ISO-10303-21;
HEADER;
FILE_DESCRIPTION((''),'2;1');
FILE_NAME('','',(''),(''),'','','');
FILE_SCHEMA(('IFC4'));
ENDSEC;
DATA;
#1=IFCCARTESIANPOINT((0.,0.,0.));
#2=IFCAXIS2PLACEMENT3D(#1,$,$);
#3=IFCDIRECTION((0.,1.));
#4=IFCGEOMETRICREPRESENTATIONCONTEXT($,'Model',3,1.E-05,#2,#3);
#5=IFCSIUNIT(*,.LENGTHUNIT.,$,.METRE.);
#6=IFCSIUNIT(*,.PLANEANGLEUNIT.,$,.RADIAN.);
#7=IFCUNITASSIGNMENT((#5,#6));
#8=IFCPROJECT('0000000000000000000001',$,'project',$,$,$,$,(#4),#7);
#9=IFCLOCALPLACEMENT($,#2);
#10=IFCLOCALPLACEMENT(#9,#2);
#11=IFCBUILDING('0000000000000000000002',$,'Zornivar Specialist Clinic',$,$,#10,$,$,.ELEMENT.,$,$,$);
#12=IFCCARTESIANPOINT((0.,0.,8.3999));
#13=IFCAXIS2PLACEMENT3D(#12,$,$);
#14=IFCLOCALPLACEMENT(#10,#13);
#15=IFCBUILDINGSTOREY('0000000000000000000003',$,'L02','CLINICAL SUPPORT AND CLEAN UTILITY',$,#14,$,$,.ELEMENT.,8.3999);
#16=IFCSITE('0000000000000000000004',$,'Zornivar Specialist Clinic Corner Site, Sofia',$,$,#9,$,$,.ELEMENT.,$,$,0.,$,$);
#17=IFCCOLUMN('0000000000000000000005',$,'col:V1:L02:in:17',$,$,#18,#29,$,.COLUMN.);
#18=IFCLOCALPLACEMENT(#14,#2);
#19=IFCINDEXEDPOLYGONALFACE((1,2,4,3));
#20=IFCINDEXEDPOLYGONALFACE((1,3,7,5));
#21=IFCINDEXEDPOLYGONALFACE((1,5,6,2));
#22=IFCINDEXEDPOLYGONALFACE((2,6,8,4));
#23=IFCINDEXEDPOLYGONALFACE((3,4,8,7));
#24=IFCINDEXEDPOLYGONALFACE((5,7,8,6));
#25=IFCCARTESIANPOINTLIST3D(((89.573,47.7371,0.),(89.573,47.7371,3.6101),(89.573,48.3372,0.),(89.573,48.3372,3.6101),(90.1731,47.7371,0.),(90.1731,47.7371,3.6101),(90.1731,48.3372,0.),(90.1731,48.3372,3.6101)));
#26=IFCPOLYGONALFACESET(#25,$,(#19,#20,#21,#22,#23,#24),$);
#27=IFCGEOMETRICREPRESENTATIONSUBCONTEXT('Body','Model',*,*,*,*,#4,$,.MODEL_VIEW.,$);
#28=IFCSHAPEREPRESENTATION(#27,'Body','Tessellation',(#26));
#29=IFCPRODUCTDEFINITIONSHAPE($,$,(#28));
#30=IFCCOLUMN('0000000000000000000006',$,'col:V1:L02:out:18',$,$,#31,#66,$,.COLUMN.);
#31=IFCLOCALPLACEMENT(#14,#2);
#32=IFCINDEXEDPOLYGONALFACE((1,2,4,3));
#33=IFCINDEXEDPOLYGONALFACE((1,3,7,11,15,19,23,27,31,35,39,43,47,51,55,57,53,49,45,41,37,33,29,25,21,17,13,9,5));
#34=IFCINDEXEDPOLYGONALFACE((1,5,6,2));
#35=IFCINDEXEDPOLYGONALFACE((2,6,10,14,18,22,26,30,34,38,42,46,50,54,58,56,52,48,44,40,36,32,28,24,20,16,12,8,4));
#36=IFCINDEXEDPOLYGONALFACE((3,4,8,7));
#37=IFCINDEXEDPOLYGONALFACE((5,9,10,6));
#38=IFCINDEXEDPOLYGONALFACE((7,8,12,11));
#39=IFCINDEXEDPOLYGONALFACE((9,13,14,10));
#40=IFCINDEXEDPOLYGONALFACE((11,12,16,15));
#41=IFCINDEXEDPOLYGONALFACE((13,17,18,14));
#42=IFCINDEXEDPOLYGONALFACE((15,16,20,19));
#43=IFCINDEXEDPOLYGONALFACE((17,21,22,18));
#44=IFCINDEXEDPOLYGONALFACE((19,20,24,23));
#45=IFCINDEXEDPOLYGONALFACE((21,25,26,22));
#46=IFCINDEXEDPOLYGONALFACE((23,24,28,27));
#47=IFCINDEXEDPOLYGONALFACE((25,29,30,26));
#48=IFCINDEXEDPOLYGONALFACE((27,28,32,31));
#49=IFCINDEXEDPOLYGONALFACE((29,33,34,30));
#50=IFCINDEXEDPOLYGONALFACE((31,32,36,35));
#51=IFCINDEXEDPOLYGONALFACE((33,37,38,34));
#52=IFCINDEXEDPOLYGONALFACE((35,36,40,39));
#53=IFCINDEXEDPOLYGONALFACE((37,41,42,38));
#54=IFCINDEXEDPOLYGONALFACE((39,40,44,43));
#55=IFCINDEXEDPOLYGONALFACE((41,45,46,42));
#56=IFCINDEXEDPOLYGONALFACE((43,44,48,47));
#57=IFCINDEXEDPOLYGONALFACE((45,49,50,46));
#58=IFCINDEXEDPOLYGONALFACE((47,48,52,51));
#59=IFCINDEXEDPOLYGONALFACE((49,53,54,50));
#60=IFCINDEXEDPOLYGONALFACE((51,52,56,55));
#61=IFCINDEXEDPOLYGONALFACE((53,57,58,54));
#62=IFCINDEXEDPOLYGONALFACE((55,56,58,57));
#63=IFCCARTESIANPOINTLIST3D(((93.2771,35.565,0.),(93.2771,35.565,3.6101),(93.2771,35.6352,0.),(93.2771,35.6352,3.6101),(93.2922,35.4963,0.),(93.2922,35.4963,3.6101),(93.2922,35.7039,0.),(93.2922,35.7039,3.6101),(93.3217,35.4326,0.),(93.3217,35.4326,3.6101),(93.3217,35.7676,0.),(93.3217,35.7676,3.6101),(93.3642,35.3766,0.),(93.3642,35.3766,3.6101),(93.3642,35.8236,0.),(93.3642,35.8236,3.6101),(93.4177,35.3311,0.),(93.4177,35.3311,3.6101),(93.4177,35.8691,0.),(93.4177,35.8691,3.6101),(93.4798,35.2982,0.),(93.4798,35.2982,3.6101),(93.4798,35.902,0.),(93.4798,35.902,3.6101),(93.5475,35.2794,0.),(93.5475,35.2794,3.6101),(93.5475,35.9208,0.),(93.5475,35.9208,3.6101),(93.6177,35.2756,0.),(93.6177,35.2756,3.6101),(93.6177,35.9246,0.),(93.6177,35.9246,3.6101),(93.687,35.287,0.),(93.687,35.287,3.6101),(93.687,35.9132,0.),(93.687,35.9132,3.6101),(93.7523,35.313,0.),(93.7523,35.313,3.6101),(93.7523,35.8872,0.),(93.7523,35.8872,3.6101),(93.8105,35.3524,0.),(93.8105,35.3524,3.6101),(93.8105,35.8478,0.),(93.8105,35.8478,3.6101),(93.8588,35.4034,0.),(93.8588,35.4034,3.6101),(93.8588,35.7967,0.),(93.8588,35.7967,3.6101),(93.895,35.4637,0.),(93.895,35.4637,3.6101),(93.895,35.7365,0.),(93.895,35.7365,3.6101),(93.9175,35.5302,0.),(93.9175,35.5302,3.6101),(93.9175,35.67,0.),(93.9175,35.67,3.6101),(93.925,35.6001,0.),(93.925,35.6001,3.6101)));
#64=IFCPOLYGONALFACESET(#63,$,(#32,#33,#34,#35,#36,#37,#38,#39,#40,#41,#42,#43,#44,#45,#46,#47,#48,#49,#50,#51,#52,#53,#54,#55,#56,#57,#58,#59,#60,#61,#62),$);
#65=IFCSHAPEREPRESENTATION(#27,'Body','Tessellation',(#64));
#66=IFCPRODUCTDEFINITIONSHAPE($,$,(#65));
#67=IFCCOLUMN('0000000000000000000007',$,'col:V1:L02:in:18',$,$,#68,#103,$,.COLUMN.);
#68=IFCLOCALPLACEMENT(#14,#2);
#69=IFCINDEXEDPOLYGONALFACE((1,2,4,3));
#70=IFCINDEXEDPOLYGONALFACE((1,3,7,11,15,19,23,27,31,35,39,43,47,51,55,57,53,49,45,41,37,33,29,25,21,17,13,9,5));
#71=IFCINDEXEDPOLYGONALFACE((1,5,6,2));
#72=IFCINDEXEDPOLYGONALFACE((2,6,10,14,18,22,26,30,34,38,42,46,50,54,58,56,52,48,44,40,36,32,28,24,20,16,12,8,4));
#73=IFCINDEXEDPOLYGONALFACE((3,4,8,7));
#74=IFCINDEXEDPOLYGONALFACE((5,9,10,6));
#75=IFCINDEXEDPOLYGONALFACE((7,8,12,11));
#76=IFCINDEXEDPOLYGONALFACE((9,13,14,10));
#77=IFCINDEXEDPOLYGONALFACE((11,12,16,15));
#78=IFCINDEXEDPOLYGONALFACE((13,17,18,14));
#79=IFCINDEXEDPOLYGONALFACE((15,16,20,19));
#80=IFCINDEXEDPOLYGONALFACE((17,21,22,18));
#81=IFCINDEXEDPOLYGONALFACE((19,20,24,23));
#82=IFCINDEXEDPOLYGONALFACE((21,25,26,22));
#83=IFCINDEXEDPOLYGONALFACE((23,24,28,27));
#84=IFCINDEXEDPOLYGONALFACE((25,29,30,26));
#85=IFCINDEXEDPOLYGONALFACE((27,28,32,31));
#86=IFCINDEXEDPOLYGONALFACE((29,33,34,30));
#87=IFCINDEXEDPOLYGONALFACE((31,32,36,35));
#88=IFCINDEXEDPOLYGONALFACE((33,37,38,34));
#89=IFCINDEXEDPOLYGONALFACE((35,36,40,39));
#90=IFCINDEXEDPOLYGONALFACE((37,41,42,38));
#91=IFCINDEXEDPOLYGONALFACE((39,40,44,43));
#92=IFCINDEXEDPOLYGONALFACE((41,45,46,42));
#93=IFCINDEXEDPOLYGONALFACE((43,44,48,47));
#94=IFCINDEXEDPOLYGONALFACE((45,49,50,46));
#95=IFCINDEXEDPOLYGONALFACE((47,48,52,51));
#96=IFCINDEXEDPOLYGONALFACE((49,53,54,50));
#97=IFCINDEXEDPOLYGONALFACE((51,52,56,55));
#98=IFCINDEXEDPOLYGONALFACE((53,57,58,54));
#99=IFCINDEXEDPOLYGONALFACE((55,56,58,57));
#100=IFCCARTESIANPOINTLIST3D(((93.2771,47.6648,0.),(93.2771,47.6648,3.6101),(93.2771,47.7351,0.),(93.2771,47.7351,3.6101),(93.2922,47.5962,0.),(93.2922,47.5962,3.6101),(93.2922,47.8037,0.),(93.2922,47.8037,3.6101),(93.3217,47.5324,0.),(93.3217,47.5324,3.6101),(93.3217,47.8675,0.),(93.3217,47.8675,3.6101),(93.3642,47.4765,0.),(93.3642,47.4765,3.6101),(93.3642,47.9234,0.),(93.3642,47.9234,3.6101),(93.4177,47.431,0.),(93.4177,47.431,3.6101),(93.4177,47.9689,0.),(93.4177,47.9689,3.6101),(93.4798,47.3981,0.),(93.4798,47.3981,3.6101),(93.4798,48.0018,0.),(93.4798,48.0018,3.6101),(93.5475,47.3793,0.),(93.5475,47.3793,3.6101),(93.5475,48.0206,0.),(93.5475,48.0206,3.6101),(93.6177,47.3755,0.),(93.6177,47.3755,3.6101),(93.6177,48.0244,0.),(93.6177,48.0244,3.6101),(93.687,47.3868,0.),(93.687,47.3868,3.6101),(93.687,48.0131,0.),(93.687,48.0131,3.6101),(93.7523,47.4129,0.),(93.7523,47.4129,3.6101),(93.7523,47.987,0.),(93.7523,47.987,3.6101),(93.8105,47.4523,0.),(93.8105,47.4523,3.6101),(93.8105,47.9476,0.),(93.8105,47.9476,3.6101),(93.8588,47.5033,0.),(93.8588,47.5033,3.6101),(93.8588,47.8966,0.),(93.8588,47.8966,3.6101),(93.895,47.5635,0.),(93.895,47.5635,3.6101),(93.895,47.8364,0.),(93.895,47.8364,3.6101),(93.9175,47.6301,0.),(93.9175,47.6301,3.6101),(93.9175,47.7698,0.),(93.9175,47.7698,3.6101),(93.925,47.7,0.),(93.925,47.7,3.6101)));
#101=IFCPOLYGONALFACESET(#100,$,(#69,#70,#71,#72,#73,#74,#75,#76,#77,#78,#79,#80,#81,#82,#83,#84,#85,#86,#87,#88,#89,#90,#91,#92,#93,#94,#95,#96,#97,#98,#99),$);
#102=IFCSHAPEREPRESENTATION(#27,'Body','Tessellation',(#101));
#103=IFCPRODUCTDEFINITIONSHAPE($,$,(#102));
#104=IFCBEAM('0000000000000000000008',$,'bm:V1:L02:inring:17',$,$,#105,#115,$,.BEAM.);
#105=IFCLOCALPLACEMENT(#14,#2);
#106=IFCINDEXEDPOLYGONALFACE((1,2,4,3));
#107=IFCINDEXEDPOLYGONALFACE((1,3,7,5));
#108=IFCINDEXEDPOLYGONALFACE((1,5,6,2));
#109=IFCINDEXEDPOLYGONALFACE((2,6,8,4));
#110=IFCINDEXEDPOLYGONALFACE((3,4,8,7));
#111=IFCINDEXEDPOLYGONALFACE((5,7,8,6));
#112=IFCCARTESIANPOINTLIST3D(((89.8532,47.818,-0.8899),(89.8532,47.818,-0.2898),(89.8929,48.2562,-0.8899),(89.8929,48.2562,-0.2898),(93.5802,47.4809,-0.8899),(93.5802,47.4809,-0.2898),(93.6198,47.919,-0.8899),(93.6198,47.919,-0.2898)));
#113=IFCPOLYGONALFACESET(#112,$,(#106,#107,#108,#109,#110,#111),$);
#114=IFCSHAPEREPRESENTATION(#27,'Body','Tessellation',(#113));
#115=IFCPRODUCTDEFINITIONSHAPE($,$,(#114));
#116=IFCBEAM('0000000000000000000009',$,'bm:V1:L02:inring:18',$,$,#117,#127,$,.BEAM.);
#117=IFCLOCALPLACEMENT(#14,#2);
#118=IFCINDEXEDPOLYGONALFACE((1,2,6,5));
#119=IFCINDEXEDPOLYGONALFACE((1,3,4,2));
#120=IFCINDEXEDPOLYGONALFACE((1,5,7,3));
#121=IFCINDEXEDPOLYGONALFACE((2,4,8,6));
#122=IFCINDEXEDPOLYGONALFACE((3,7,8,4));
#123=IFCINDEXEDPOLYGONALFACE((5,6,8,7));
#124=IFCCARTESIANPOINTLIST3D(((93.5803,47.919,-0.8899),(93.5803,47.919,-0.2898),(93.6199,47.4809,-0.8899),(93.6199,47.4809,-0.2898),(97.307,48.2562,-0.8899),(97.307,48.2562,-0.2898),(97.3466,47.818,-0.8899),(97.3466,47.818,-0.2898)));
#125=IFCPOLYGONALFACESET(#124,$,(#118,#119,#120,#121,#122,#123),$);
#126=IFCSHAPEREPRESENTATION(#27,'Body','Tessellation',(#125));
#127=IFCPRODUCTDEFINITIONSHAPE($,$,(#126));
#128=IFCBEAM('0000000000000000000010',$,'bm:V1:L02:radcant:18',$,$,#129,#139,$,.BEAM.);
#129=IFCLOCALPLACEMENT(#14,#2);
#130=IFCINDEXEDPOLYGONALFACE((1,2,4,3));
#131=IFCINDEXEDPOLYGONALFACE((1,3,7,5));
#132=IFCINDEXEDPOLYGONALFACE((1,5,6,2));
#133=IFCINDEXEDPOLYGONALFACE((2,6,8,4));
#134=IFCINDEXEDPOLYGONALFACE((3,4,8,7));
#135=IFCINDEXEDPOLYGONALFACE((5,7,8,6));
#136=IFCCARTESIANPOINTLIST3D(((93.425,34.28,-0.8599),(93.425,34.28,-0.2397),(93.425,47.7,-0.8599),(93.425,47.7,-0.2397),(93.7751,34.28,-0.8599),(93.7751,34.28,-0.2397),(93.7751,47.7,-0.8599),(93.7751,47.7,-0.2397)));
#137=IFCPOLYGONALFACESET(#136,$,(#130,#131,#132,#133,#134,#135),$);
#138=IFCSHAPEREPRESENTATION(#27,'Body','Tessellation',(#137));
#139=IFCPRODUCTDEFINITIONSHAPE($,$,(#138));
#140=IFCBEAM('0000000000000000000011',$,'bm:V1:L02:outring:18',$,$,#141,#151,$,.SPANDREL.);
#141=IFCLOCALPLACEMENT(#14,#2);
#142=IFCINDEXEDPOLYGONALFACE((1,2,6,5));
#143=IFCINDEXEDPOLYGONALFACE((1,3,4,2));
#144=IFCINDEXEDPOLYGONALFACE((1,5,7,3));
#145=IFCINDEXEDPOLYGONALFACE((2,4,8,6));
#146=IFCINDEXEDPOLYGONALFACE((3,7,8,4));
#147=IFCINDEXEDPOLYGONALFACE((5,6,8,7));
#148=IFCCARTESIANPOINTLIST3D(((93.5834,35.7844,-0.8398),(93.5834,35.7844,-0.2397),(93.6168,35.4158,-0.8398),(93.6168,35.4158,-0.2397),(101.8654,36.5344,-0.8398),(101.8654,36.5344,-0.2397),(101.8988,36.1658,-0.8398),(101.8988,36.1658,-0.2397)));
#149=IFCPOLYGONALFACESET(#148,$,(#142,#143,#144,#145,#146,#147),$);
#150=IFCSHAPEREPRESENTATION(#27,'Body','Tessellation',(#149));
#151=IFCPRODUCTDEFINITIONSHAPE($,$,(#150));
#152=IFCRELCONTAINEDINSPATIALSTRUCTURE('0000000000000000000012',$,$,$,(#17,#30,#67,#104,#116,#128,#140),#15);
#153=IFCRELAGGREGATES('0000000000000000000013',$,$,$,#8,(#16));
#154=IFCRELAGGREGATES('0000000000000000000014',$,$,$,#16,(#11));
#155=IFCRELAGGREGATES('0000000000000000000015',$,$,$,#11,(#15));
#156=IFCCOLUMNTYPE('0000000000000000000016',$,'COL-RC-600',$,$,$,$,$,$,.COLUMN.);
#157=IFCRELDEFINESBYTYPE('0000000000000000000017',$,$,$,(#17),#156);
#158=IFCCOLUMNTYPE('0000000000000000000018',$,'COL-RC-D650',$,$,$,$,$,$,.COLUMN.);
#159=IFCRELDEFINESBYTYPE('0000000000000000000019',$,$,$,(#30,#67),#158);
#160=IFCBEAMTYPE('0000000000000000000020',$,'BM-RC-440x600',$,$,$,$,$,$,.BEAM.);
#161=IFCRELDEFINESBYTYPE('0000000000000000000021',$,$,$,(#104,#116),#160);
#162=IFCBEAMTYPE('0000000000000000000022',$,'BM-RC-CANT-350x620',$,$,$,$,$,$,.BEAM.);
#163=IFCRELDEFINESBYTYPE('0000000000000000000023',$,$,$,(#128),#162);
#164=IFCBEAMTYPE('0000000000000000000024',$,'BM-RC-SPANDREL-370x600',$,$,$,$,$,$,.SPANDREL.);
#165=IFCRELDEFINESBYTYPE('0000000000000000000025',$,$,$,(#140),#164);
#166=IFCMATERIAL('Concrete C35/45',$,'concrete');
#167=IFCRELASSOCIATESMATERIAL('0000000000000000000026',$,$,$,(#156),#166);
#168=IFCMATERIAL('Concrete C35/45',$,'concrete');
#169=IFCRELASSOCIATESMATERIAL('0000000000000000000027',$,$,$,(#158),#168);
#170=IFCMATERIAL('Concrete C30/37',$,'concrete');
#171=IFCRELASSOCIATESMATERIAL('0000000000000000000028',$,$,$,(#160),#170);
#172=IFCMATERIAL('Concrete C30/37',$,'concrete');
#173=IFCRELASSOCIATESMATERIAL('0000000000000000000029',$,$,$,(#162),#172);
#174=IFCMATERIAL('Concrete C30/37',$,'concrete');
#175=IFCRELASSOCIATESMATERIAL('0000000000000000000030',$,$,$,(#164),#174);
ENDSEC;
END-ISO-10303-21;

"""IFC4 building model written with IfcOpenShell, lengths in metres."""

from ifc_helpers import new_model, si_unit, direction, frame, origin, origin_2d, place, context, subcontext, project, spatial, rectangle, circle, extrude, material, material_profile, profile_set, type_object, element, save


model = new_model("IFC4")

# Units and contexts
model_context = context("Model", 3, precision=1e-05, world=origin(), true_north=direction((0.0, 1.0)))
body_context = subcontext(model_context, "Body", "Model", "MODEL_VIEW")
ifc_project = project(units=[si_unit("LENGTHUNIT", "METRE"), si_unit("PLANEANGLEUNIT", "RADIAN")], contexts=[model_context])

# Site, building, storey
site_placement = place(None, origin())
site = spatial("IfcSite", under=ifc_project, at=site_placement, Name="Zornivar Specialist Clinic Corner Site, Sofia", CompositionType="ELEMENT", RefElevation=0.0)
building_placement = place(site_placement, origin())
building = spatial("IfcBuilding", under=site, at=building_placement, Name="Zornivar Specialist Clinic", CompositionType="ELEMENT")
storey_placement = place(building_placement, frame((0.0, 0.0, 8.3999)))
storey = spatial("IfcBuildingStorey", under=building, at=storey_placement, Name="L02", Description="CLINICAL SUPPORT AND CLEAN UTILITY", CompositionType="ELEMENT", Elevation=8.3999)

# Columns
ifc_material_1 = material(Name="Concrete C35/45", Category="concrete")
ifc_material_profile_1 = material_profile(ifc_material_1, rectangle(XDim=0.6001, YDim=0.6001, at=origin_2d()), Name="RC 600x600")
ifc_profile_set_1 = profile_set([ifc_material_profile_1], Name="Concrete C35/45")
column_type_1 = type_object("IfcColumnType", Name="COL-RC-600", PredefinedType="COLUMN", material=ifc_profile_set_1)
column_placement = place(storey_placement, frame((89.873, 48.0371, 0.0), z_axis=(0.0, 0.0, 1.0), x_axis=(1.0, 0.0, 0.0)))
element("IfcColumn", 1, at=column_placement, inside=storey, type_object=column_type_1, Name="col:V1:L02:in:17", PredefinedType="COLUMN", context=body_context, shape_type="SweptSolid", body=[
    extrude(rectangle(XDim=0.6001, YDim=0.6001, at=origin_2d()), origin(), (0.0, 0.0, 1.0), 3.6101),
])
ifc_material_2 = material(Name="Concrete C35/45", Category="concrete")
ifc_material_profile_2 = material_profile(ifc_material_2, circle(Radius=0.325, at=origin_2d()), Name="RC D650")
ifc_profile_set_2 = profile_set([ifc_material_profile_2], Name="Concrete C35/45")
column_type_2 = type_object("IfcColumnType", Name="COL-RC-D650", PredefinedType="COLUMN", material=ifc_profile_set_2)
for number, where, z_axis, x_axis, name in (
    (2, (93.6001, 35.6001, 0.0), (0.0, 0.0, 1.0), (1.0, 0.0, 0.0), "col:V1:L02:out:18"),
    (3, (93.6001, 47.7, 0.0), (0.0, 0.0, 1.0), (1.0, 0.0, 0.0), "col:V1:L02:in:18"),
):
    element("IfcColumn", number, at=place(storey_placement, frame(where, z_axis=z_axis, x_axis=x_axis)), inside=storey, type_object=column_type_2, Name=name, PredefinedType="COLUMN", context=body_context, shape_type="SweptSolid", body=[
        extrude(circle(Radius=0.325, at=origin_2d()), origin(), (0.0, 0.0, 1.0), 3.6101),
    ])

# Beams
ifc_material_3 = material(Name="Concrete C30/37", Category="concrete")
ifc_material_profile_3 = material_profile(ifc_material_3, rectangle(XDim=0.4399, YDim=0.6001, at=origin_2d()), Name="RC 440x600")
ifc_profile_set_3 = profile_set([ifc_material_profile_3], Name="Concrete C30/37")
beam_type_1 = type_object("IfcBeamType", Name="BM-RC-440x600", PredefinedType="BEAM", material=ifc_profile_set_3)
beam_1_placement = place(storey_placement, frame((89.873, 48.0371, -0.5898), z_axis=(0.995933, -0.090095, 0.0), x_axis=(0.090095, 0.995933, 0.0)))
element("IfcBeam", 4, at=beam_1_placement, inside=storey, type_object=beam_type_1, Name="bm:V1:L02:inring:17", PredefinedType="BEAM", context=body_context, shape_type="SweptSolid", body=[
    extrude(rectangle(XDim=0.4399, YDim=0.6001, at=origin_2d()), origin(), (0.0, 0.0, 1.0), 3.7422),
])
beam_2_placement = place(storey_placement, frame((93.6001, 47.7, -0.5898), z_axis=(0.995933, 0.0901, 0.0), x_axis=(-0.0901, 0.995933, 0.0)))
element("IfcBeam", 5, at=beam_2_placement, inside=storey, type_object=beam_type_1, Name="bm:V1:L02:inring:18", PredefinedType="BEAM", context=body_context, shape_type="SweptSolid", body=[
    extrude(rectangle(XDim=0.4399, YDim=0.6001, at=origin_2d()), origin(), (0.0, 0.0, 1.0), 3.7419),
])
ifc_material_4 = material(Name="Concrete C30/37", Category="concrete")
ifc_material_profile_4 = material_profile(ifc_material_4, rectangle(XDim=0.3501, YDim=0.6201, at=origin_2d()), Name="RC 350x620")
ifc_profile_set_4 = profile_set([ifc_material_profile_4], Name="Concrete C30/37")
beam_type_2 = type_object("IfcBeamType", Name="BM-RC-CANT-350x620", PredefinedType="BEAM", material=ifc_profile_set_4)
beam_3_placement = place(storey_placement, frame((93.6001, 47.7, -0.5498), z_axis=(0.0, -1.0, 0.0), x_axis=(1.0, 0.0, 0.0)))
element("IfcBeam", 6, at=beam_3_placement, inside=storey, type_object=beam_type_2, Name="bm:V1:L02:radcant:18", PredefinedType="BEAM", context=body_context, shape_type="SweptSolid", body=[
    extrude(rectangle(XDim=0.3501, YDim=0.6201, at=origin_2d()), origin(), (0.0, 0.0, 1.0), 13.4199),
])
ifc_material_5 = material(Name="Concrete C30/37", Category="concrete")
ifc_material_profile_5 = material_profile(ifc_material_5, rectangle(XDim=0.3701, YDim=0.6001, at=origin_2d()), Name="RC 370x600")
ifc_profile_set_5 = profile_set([ifc_material_profile_5], Name="Concrete C30/37")
beam_type_3 = type_object("IfcBeamType", Name="BM-RC-SPANDREL-370x600", PredefinedType="SPANDREL", material=ifc_profile_set_5)
beam_4_placement = place(storey_placement, frame((93.6001, 35.6001, -0.5398), z_axis=(0.995925, 0.090189, 0.0), x_axis=(-0.090189, 0.995925, 0.0)))
element("IfcBeam", 7, at=beam_4_placement, inside=storey, type_object=beam_type_3, Name="bm:V1:L02:outring:18", PredefinedType="SPANDREL", context=body_context, shape_type="SweptSolid", body=[
    extrude(rectangle(XDim=0.3701, YDim=0.6001, at=origin_2d()), origin(), (0.0, 0.0, 1.0), 8.3159),
])

save(model, "model.ifc")
